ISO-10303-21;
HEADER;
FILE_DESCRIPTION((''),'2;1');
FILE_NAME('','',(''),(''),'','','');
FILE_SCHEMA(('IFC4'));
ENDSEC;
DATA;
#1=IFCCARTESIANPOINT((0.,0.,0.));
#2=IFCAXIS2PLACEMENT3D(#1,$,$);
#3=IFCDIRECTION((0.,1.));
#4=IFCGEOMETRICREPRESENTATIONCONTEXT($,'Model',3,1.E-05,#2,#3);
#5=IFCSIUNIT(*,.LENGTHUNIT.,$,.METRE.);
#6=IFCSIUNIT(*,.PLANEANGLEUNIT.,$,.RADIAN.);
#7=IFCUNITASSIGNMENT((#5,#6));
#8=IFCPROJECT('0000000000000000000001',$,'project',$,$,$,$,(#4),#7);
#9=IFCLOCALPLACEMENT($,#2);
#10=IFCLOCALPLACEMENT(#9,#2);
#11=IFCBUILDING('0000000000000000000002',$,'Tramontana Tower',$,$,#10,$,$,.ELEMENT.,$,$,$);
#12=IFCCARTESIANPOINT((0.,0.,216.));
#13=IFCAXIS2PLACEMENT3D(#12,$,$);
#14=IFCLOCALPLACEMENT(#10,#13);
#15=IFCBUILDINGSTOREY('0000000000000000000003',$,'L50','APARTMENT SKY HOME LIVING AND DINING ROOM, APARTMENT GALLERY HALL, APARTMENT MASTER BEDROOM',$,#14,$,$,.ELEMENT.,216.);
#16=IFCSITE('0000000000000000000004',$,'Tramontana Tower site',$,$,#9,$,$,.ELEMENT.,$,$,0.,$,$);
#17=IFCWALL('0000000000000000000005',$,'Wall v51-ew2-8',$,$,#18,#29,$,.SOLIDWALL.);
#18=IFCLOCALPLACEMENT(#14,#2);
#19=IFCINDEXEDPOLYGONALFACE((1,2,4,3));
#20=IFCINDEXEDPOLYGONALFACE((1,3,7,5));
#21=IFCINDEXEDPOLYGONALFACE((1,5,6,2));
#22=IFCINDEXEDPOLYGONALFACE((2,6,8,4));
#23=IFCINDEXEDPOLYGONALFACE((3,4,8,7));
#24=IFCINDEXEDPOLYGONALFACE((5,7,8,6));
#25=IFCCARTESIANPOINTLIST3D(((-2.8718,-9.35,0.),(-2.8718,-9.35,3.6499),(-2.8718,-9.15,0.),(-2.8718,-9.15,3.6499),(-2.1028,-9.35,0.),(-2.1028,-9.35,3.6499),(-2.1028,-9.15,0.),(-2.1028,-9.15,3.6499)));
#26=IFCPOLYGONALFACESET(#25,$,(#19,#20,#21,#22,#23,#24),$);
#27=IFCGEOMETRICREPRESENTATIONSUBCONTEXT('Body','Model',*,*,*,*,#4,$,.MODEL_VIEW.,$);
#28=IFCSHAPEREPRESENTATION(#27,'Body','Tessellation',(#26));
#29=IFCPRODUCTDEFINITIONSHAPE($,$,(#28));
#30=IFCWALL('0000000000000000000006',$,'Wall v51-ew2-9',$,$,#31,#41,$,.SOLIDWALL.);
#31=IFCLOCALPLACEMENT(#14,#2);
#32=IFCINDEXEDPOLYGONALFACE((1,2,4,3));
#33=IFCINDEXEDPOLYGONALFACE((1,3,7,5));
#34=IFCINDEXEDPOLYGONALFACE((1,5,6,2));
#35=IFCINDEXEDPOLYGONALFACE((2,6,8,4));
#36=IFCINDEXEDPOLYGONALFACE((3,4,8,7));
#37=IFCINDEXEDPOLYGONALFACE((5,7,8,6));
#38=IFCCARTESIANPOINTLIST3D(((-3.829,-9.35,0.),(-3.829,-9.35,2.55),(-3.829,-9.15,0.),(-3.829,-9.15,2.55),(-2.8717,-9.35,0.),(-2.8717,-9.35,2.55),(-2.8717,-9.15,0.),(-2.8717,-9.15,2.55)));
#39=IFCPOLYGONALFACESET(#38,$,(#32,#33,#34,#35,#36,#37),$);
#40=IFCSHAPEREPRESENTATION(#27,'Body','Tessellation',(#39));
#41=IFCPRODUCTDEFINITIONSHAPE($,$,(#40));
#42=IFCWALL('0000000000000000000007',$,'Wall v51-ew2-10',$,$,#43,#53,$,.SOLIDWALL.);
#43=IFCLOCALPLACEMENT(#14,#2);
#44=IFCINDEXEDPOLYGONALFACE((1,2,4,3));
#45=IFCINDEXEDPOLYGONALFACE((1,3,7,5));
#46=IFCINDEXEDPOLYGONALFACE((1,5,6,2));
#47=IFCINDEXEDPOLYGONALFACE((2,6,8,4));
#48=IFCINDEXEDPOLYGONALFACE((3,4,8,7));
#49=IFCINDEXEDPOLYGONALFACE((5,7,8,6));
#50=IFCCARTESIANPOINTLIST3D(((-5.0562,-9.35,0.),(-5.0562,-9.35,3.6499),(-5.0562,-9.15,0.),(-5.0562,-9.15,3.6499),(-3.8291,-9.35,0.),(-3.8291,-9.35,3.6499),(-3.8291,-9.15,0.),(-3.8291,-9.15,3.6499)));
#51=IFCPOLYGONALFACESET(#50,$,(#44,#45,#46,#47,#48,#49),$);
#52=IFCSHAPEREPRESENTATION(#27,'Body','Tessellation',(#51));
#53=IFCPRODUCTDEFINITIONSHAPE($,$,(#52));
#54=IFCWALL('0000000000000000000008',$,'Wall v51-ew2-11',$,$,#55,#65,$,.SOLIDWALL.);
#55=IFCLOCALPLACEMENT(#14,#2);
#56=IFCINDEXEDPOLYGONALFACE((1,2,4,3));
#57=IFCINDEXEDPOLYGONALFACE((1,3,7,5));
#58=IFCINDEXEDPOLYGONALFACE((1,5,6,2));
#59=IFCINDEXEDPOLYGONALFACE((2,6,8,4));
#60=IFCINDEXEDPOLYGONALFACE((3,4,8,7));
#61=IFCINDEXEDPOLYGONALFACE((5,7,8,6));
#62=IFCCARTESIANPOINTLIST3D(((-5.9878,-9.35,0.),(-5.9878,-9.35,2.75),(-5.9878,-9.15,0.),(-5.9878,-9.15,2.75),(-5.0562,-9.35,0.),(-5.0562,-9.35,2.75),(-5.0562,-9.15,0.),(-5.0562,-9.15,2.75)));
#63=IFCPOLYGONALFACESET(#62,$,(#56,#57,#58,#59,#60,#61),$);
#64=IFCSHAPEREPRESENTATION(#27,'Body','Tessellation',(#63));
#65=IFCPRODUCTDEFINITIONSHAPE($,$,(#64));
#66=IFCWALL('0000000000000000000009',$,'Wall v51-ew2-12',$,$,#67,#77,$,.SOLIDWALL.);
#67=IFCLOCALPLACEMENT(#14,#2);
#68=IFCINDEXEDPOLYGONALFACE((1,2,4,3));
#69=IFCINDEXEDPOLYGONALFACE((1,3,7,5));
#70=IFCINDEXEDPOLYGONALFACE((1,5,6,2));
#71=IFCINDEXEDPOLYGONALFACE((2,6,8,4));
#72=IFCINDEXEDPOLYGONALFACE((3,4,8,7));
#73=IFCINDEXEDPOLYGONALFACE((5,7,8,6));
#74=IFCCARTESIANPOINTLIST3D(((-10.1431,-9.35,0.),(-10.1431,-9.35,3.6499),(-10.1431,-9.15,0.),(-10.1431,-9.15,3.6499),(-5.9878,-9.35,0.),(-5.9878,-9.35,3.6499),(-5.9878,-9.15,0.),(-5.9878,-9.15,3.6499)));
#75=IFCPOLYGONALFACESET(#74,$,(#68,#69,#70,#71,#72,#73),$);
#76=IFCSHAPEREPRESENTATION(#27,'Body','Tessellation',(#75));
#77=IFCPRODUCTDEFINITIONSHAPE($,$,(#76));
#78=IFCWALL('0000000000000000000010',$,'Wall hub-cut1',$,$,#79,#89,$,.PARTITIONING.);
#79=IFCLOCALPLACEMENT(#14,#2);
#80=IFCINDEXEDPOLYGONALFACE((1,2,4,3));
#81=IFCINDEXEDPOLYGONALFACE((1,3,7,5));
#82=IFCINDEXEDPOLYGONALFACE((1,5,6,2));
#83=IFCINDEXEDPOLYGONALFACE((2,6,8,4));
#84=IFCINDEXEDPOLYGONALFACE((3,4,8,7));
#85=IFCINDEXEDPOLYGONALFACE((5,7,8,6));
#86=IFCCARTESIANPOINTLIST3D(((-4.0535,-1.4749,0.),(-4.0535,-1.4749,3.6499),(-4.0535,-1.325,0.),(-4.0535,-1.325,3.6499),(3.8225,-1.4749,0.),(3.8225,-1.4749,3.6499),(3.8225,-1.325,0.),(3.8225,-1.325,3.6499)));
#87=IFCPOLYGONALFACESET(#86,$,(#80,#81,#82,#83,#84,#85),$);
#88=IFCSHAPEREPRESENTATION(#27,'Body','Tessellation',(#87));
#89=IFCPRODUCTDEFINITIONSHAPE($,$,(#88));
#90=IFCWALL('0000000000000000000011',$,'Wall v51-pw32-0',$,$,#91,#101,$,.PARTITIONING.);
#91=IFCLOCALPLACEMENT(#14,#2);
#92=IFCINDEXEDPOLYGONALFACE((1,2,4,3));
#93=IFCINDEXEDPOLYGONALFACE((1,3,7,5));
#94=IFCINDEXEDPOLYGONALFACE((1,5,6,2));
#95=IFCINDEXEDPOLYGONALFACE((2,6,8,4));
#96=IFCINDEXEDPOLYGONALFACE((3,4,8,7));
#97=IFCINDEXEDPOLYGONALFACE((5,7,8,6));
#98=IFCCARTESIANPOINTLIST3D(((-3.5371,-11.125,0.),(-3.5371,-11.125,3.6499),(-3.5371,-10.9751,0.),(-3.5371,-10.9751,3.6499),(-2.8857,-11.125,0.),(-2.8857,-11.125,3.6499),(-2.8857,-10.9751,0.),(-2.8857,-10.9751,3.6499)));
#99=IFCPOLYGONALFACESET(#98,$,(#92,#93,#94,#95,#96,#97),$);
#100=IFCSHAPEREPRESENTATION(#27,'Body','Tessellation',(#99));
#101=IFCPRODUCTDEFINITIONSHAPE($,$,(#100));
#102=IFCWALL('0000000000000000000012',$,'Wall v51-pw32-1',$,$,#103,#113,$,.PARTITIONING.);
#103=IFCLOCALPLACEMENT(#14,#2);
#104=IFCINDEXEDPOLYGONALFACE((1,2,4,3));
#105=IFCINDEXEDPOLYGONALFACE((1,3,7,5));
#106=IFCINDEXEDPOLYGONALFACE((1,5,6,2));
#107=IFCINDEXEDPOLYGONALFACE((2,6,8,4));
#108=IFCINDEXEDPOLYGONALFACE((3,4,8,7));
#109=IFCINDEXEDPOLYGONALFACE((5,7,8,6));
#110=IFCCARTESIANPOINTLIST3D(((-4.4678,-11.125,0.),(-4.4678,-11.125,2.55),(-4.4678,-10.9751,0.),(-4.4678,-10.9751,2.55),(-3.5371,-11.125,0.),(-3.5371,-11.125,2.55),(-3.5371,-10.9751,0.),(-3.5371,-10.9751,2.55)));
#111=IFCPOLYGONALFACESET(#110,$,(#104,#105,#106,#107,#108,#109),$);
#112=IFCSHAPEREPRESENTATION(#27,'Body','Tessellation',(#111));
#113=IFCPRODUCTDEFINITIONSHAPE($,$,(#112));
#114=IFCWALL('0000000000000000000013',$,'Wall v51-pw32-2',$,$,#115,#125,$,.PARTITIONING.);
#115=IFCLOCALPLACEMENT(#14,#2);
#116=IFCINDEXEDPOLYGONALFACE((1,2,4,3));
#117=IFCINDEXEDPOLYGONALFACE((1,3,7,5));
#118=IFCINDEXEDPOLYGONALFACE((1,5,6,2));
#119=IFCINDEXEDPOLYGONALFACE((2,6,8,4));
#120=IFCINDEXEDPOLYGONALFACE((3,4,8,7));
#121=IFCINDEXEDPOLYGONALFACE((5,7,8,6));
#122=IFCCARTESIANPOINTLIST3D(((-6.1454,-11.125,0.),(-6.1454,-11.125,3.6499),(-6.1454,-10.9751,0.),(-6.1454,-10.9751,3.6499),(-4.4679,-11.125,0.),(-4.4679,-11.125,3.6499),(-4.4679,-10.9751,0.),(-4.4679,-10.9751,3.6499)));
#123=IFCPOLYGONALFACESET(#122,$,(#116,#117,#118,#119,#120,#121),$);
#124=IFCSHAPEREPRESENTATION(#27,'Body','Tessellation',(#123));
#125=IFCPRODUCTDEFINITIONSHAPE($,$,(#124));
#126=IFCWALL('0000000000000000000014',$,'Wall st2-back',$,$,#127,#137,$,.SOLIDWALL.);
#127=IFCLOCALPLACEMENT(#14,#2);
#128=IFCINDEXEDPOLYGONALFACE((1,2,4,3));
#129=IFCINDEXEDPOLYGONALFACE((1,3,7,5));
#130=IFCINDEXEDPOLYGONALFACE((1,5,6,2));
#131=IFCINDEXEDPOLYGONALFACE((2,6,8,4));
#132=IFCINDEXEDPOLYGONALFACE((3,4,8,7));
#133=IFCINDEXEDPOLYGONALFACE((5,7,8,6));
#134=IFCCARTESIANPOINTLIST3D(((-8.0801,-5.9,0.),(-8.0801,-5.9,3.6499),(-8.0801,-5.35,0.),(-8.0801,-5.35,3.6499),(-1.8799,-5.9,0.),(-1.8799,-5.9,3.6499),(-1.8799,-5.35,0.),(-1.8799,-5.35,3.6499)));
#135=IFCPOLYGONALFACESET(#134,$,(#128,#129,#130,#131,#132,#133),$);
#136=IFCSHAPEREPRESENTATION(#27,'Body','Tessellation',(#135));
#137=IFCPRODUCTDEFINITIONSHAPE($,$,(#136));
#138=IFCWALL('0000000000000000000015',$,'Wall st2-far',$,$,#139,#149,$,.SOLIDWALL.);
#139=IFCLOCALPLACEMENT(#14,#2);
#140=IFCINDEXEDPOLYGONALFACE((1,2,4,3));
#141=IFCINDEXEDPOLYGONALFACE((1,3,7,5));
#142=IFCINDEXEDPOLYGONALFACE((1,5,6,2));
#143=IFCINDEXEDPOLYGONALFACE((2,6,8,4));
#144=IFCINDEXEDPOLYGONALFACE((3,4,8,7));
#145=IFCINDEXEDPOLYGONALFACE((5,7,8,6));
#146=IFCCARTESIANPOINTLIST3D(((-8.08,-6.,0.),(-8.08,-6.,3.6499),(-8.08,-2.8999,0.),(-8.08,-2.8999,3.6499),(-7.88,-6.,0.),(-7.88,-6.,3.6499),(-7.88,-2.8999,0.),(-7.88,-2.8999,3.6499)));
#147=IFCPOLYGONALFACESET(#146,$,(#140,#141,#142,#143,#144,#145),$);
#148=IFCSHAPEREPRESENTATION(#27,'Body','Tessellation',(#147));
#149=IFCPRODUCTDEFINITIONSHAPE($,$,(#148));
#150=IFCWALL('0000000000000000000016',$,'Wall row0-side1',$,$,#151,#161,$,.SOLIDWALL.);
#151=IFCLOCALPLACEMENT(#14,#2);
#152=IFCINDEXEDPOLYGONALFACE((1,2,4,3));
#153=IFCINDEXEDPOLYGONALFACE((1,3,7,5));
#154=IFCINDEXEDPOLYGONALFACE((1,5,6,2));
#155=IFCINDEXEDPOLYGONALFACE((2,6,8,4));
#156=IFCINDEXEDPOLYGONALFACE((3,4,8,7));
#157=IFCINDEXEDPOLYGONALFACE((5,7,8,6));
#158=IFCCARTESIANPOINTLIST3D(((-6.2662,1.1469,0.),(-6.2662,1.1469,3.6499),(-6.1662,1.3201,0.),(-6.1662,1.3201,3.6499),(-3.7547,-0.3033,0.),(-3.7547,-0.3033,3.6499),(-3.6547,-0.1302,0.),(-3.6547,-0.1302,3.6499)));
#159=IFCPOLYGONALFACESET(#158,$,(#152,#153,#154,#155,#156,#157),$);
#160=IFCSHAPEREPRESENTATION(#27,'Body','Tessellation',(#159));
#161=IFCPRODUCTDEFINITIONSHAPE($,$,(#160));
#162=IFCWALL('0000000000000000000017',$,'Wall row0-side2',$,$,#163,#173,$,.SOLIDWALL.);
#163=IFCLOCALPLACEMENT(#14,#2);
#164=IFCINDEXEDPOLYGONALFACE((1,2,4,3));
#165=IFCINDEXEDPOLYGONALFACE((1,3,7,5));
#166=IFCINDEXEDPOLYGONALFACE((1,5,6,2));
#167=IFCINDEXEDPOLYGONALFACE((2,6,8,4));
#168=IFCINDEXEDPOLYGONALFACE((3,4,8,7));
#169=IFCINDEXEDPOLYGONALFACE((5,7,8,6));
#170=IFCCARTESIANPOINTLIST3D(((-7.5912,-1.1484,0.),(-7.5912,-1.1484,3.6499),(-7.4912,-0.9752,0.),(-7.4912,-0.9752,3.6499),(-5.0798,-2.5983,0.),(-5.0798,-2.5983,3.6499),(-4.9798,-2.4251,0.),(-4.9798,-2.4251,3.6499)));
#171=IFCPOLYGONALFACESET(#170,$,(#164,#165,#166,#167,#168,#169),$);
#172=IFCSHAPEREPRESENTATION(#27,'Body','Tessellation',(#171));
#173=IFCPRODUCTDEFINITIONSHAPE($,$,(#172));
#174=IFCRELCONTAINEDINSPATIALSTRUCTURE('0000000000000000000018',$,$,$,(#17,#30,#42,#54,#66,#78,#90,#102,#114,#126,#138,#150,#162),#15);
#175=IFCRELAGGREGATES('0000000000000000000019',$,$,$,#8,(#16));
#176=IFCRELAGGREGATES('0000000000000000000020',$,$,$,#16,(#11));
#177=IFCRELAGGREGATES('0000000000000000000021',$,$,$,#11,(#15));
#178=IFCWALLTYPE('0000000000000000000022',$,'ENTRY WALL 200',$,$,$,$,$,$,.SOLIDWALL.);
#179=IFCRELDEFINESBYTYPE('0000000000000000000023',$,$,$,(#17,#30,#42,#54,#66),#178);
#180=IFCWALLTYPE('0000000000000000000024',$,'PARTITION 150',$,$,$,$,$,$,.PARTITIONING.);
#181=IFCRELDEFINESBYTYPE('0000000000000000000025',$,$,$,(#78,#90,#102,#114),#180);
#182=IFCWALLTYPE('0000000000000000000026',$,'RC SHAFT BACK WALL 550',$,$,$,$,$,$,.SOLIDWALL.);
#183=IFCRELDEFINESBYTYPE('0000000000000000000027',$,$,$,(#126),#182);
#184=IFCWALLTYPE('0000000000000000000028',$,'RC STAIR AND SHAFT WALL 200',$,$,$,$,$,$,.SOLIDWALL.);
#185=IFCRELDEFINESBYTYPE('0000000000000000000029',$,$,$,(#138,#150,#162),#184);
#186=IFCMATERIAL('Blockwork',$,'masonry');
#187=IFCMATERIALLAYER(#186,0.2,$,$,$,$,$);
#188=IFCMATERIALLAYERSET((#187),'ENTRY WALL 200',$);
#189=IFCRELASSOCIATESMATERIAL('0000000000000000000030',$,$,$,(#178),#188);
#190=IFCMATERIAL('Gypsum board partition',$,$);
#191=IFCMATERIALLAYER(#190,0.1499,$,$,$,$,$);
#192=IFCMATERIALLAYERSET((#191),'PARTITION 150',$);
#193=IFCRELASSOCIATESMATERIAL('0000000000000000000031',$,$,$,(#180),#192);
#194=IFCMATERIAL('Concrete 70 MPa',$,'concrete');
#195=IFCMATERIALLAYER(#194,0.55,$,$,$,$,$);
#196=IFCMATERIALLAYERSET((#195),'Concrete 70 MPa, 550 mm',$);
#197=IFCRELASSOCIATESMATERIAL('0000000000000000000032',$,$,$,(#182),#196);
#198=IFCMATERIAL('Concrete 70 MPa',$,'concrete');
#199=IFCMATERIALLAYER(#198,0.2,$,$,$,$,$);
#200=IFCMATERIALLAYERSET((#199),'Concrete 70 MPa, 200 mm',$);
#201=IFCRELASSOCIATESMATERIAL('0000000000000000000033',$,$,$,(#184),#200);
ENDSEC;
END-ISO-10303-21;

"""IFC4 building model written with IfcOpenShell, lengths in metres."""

from ifc_helpers import new_model, si_unit, direction, frame, frame_2d, origin, place, context, subcontext, project, spatial, rectangle, extrude, material, layer, layer_set, type_object, element, save


model = new_model("IFC4")

# Units and contexts
model_context = context("Model", 3, precision=1e-05, world=origin(), true_north=direction((0.0, 1.0)))
body_context = subcontext(model_context, "Body", "Model", "MODEL_VIEW")
ifc_project = project(units=[si_unit("LENGTHUNIT", "METRE"), si_unit("PLANEANGLEUNIT", "RADIAN")], contexts=[model_context])

# Site, building, storey
site_placement = place(None, origin())
site = spatial("IfcSite", under=ifc_project, at=site_placement, Name="Tramontana Tower site", CompositionType="ELEMENT", RefElevation=0.0)
building_placement = place(site_placement, origin())
building = spatial("IfcBuilding", under=site, at=building_placement, Name="Tramontana Tower", CompositionType="ELEMENT")
storey_placement = place(building_placement, frame((0.0, 0.0, 216.0)))
storey = spatial("IfcBuildingStorey", under=building, at=storey_placement, Name="L50", Description="APARTMENT SKY HOME LIVING AND DINING ROOM, APARTMENT GALLERY HALL, APARTMENT MASTER BEDROOM", CompositionType="ELEMENT", Elevation=216.0)

# Walls
ifc_material_1 = material(Name="Blockwork", Category="masonry")
ifc_layer_1 = layer(ifc_material_1, 0.2)
ifc_layer_set_1 = layer_set([ifc_layer_1], Name="ENTRY WALL 200")
wall_type_1 = type_object("IfcWallType", Name="ENTRY WALL 200", PredefinedType="SOLIDWALL", material=ifc_layer_set_1)
wall_1_placement = place(storey_placement, frame((-2.1028, -9.25, 0.0), z_axis=(0.0, 0.0, 1.0), x_axis=(-1.0, 0.0, 0.0)))
element("IfcWall", 1, at=wall_1_placement, inside=storey, type_object=wall_type_1, Name="Wall v51-ew2-8", PredefinedType="SOLIDWALL", context=body_context, shape_type="SweptSolid", body=[
    extrude(rectangle(XDim=0.769, YDim=0.2, at=frame_2d((0.3845, 0.0))), origin(), (0.0, 0.0, 1.0), 3.6499),
])
wall_2_placement = place(storey_placement, frame((-2.8718, -9.25, 0.0), z_axis=(0.0, 0.0, 1.0), x_axis=(-1.0, 0.0, 0.0)))
element("IfcWall", 2, at=wall_2_placement, inside=storey, type_object=wall_type_1, Name="Wall v51-ew2-9", PredefinedType="SOLIDWALL", context=body_context, shape_type="SweptSolid", body=[
    extrude(rectangle(XDim=0.9573, YDim=0.2, at=frame_2d((0.4785, 0.0))), origin(), (0.0, 0.0, 1.0), 2.55),
])
wall_3_placement = place(storey_placement, frame((-3.8291, -9.25, 0.0), z_axis=(0.0, 0.0, 1.0), x_axis=(-1.0, 0.0, 0.0)))
element("IfcWall", 3, at=wall_3_placement, inside=storey, type_object=wall_type_1, Name="Wall v51-ew2-10", PredefinedType="SOLIDWALL", context=body_context, shape_type="SweptSolid", body=[
    extrude(rectangle(XDim=1.2271, YDim=0.2, at=frame_2d((0.6135, 0.0))), origin(), (0.0, 0.0, 1.0), 3.6499),
])
wall_4_placement = place(storey_placement, frame((-5.0562, -9.25, 0.0), z_axis=(0.0, 0.0, 1.0), x_axis=(-1.0, 0.0, 0.0)))
element("IfcWall", 4, at=wall_4_placement, inside=storey, type_object=wall_type_1, Name="Wall v51-ew2-11", PredefinedType="SOLIDWALL", context=body_context, shape_type="SweptSolid", body=[
    extrude(rectangle(XDim=0.9316, YDim=0.2, at=frame_2d((0.4658, 0.0))), origin(), (0.0, 0.0, 1.0), 2.75),
])
wall_5_placement = place(storey_placement, frame((-5.9878, -9.25, 0.0), z_axis=(0.0, 0.0, 1.0), x_axis=(-1.0, 0.0, 0.0)))
element("IfcWall", 5, at=wall_5_placement, inside=storey, type_object=wall_type_1, Name="Wall v51-ew2-12", PredefinedType="SOLIDWALL", context=body_context, shape_type="SweptSolid", body=[
    extrude(rectangle(XDim=4.1553, YDim=0.2, at=frame_2d((2.0776, 0.0))), origin(), (0.0, 0.0, 1.0), 3.6499),
])
ifc_material_2 = material(Name="Gypsum board partition")
ifc_layer_2 = layer(ifc_material_2, 0.1499)
ifc_layer_set_2 = layer_set([ifc_layer_2], Name="PARTITION 150")
wall_type_2 = type_object("IfcWallType", Name="PARTITION 150", PredefinedType="PARTITIONING", material=ifc_layer_set_2)
wall_6_placement = place(storey_placement, frame((-4.0535, -1.3999, 0.0), z_axis=(0.0, 0.0, 1.0), x_axis=(1.0, 0.0, 0.0)))
element("IfcWall", 6, at=wall_6_placement, inside=storey, type_object=wall_type_2, Name="Wall hub-cut1", PredefinedType="PARTITIONING", context=body_context, shape_type="SweptSolid", body=[
    extrude(rectangle(XDim=7.876, YDim=0.1499, at=frame_2d((3.938, 0.0))), origin(), (0.0, 0.0, 1.0), 3.6499),
])
wall_7_placement = place(storey_placement, frame((-2.8857, -11.05, 0.0), z_axis=(0.0, 0.0, 1.0), x_axis=(-1.0, 0.0, 0.0)))
element("IfcWall", 7, at=wall_7_placement, inside=storey, type_object=wall_type_2, Name="Wall v51-pw32-0", PredefinedType="PARTITIONING", context=body_context, shape_type="SweptSolid", body=[
    extrude(rectangle(XDim=0.6514, YDim=0.1499, at=frame_2d((0.3257, 0.0))), origin(), (0.0, 0.0, 1.0), 3.6499),
])
wall_8_placement = place(storey_placement, frame((-3.5371, -11.05, 0.0), z_axis=(0.0, 0.0, 1.0), x_axis=(-1.0, 0.0, 0.0)))
element("IfcWall", 8, at=wall_8_placement, inside=storey, type_object=wall_type_2, Name="Wall v51-pw32-1", PredefinedType="PARTITIONING", context=body_context, shape_type="SweptSolid", body=[
    extrude(rectangle(XDim=0.9307, YDim=0.1499, at=frame_2d((0.4653, 0.0))), origin(), (0.0, 0.0, 1.0), 2.55),
])
wall_9_placement = place(storey_placement, frame((-4.4678, -11.05, 0.0), z_axis=(0.0, 0.0, 1.0), x_axis=(-1.0, 0.0, 0.0)))
element("IfcWall", 9, at=wall_9_placement, inside=storey, type_object=wall_type_2, Name="Wall v51-pw32-2", PredefinedType="PARTITIONING", context=body_context, shape_type="SweptSolid", body=[
    extrude(rectangle(XDim=1.6775, YDim=0.1499, at=frame_2d((0.8389, 0.0))), origin(), (0.0, 0.0, 1.0), 3.6499),
])
ifc_material_3 = material(Name="Concrete 70 MPa", Category="concrete")
ifc_layer_3 = layer(ifc_material_3, 0.55)
ifc_layer_set_3 = layer_set([ifc_layer_3], Name="Concrete 70 MPa, 550 mm")
wall_type_3 = type_object("IfcWallType", Name="RC SHAFT BACK WALL 550", PredefinedType="SOLIDWALL", material=ifc_layer_set_3)
wall_10_placement = place(storey_placement, frame((-8.0801, -5.625, 0.0), z_axis=(0.0, 0.0, 1.0), x_axis=(1.0, 0.0, 0.0)))
element("IfcWall", 10, at=wall_10_placement, inside=storey, type_object=wall_type_3, Name="Wall st2-back", PredefinedType="SOLIDWALL", context=body_context, shape_type="SweptSolid", body=[
    extrude(rectangle(XDim=6.2002, YDim=0.55, at=frame_2d((3.1001, 0.0))), origin(), (0.0, 0.0, 1.0), 3.6499),
])
ifc_material_4 = material(Name="Concrete 70 MPa", Category="concrete")
ifc_layer_4 = layer(ifc_material_4, 0.2)
ifc_layer_set_4 = layer_set([ifc_layer_4], Name="Concrete 70 MPa, 200 mm")
wall_type_4 = type_object("IfcWallType", Name="RC STAIR AND SHAFT WALL 200", PredefinedType="SOLIDWALL", material=ifc_layer_set_4)
wall_11_placement = place(storey_placement, frame((-7.98, -2.8999, 0.0), z_axis=(0.0, 0.0, 1.0), x_axis=(0.0, -1.0, 0.0)))
element("IfcWall", 11, at=wall_11_placement, inside=storey, type_object=wall_type_4, Name="Wall st2-far", PredefinedType="SOLIDWALL", context=body_context, shape_type="SweptSolid", body=[
    extrude(rectangle(XDim=3.1001, YDim=0.2, at=frame_2d((1.55, 0.0))), origin(), (0.0, 0.0, 1.0), 3.6499),
])

# Walls
wall_12_placement = place(storey_placement, frame((-3.7046, -0.2168, 0.0), z_axis=(0.0, 0.0, 1.0), x_axis=(-0.865996, 0.50005, 0.0)))
element("IfcWall", 12, at=wall_12_placement, inside=storey, type_object=wall_type_4, Name="Wall row0-side1", PredefinedType="SOLIDWALL", context=body_context, shape_type="SweptSolid", body=[
    extrude(rectangle(XDim=2.9001, YDim=0.2, at=frame_2d((1.4502, 0.0))), origin(), (0.0, 0.0, 1.0), 3.6499),
])
wall_13_placement = place(storey_placement, frame((-5.0298, -2.5117, 0.0), z_axis=(0.0, 0.0, 1.0), x_axis=(-0.866033, 0.499987, 0.0)))
element("IfcWall", 13, at=wall_13_placement, inside=storey, type_object=wall_type_4, Name="Wall row0-side2", PredefinedType="SOLIDWALL", context=body_context, shape_type="SweptSolid", body=[
    extrude(rectangle(XDim=2.8999, YDim=0.2, at=frame_2d((1.45, 0.0))), origin(), (0.0, 0.0, 1.0), 3.6499),
])

save(model, "model.ifc")
